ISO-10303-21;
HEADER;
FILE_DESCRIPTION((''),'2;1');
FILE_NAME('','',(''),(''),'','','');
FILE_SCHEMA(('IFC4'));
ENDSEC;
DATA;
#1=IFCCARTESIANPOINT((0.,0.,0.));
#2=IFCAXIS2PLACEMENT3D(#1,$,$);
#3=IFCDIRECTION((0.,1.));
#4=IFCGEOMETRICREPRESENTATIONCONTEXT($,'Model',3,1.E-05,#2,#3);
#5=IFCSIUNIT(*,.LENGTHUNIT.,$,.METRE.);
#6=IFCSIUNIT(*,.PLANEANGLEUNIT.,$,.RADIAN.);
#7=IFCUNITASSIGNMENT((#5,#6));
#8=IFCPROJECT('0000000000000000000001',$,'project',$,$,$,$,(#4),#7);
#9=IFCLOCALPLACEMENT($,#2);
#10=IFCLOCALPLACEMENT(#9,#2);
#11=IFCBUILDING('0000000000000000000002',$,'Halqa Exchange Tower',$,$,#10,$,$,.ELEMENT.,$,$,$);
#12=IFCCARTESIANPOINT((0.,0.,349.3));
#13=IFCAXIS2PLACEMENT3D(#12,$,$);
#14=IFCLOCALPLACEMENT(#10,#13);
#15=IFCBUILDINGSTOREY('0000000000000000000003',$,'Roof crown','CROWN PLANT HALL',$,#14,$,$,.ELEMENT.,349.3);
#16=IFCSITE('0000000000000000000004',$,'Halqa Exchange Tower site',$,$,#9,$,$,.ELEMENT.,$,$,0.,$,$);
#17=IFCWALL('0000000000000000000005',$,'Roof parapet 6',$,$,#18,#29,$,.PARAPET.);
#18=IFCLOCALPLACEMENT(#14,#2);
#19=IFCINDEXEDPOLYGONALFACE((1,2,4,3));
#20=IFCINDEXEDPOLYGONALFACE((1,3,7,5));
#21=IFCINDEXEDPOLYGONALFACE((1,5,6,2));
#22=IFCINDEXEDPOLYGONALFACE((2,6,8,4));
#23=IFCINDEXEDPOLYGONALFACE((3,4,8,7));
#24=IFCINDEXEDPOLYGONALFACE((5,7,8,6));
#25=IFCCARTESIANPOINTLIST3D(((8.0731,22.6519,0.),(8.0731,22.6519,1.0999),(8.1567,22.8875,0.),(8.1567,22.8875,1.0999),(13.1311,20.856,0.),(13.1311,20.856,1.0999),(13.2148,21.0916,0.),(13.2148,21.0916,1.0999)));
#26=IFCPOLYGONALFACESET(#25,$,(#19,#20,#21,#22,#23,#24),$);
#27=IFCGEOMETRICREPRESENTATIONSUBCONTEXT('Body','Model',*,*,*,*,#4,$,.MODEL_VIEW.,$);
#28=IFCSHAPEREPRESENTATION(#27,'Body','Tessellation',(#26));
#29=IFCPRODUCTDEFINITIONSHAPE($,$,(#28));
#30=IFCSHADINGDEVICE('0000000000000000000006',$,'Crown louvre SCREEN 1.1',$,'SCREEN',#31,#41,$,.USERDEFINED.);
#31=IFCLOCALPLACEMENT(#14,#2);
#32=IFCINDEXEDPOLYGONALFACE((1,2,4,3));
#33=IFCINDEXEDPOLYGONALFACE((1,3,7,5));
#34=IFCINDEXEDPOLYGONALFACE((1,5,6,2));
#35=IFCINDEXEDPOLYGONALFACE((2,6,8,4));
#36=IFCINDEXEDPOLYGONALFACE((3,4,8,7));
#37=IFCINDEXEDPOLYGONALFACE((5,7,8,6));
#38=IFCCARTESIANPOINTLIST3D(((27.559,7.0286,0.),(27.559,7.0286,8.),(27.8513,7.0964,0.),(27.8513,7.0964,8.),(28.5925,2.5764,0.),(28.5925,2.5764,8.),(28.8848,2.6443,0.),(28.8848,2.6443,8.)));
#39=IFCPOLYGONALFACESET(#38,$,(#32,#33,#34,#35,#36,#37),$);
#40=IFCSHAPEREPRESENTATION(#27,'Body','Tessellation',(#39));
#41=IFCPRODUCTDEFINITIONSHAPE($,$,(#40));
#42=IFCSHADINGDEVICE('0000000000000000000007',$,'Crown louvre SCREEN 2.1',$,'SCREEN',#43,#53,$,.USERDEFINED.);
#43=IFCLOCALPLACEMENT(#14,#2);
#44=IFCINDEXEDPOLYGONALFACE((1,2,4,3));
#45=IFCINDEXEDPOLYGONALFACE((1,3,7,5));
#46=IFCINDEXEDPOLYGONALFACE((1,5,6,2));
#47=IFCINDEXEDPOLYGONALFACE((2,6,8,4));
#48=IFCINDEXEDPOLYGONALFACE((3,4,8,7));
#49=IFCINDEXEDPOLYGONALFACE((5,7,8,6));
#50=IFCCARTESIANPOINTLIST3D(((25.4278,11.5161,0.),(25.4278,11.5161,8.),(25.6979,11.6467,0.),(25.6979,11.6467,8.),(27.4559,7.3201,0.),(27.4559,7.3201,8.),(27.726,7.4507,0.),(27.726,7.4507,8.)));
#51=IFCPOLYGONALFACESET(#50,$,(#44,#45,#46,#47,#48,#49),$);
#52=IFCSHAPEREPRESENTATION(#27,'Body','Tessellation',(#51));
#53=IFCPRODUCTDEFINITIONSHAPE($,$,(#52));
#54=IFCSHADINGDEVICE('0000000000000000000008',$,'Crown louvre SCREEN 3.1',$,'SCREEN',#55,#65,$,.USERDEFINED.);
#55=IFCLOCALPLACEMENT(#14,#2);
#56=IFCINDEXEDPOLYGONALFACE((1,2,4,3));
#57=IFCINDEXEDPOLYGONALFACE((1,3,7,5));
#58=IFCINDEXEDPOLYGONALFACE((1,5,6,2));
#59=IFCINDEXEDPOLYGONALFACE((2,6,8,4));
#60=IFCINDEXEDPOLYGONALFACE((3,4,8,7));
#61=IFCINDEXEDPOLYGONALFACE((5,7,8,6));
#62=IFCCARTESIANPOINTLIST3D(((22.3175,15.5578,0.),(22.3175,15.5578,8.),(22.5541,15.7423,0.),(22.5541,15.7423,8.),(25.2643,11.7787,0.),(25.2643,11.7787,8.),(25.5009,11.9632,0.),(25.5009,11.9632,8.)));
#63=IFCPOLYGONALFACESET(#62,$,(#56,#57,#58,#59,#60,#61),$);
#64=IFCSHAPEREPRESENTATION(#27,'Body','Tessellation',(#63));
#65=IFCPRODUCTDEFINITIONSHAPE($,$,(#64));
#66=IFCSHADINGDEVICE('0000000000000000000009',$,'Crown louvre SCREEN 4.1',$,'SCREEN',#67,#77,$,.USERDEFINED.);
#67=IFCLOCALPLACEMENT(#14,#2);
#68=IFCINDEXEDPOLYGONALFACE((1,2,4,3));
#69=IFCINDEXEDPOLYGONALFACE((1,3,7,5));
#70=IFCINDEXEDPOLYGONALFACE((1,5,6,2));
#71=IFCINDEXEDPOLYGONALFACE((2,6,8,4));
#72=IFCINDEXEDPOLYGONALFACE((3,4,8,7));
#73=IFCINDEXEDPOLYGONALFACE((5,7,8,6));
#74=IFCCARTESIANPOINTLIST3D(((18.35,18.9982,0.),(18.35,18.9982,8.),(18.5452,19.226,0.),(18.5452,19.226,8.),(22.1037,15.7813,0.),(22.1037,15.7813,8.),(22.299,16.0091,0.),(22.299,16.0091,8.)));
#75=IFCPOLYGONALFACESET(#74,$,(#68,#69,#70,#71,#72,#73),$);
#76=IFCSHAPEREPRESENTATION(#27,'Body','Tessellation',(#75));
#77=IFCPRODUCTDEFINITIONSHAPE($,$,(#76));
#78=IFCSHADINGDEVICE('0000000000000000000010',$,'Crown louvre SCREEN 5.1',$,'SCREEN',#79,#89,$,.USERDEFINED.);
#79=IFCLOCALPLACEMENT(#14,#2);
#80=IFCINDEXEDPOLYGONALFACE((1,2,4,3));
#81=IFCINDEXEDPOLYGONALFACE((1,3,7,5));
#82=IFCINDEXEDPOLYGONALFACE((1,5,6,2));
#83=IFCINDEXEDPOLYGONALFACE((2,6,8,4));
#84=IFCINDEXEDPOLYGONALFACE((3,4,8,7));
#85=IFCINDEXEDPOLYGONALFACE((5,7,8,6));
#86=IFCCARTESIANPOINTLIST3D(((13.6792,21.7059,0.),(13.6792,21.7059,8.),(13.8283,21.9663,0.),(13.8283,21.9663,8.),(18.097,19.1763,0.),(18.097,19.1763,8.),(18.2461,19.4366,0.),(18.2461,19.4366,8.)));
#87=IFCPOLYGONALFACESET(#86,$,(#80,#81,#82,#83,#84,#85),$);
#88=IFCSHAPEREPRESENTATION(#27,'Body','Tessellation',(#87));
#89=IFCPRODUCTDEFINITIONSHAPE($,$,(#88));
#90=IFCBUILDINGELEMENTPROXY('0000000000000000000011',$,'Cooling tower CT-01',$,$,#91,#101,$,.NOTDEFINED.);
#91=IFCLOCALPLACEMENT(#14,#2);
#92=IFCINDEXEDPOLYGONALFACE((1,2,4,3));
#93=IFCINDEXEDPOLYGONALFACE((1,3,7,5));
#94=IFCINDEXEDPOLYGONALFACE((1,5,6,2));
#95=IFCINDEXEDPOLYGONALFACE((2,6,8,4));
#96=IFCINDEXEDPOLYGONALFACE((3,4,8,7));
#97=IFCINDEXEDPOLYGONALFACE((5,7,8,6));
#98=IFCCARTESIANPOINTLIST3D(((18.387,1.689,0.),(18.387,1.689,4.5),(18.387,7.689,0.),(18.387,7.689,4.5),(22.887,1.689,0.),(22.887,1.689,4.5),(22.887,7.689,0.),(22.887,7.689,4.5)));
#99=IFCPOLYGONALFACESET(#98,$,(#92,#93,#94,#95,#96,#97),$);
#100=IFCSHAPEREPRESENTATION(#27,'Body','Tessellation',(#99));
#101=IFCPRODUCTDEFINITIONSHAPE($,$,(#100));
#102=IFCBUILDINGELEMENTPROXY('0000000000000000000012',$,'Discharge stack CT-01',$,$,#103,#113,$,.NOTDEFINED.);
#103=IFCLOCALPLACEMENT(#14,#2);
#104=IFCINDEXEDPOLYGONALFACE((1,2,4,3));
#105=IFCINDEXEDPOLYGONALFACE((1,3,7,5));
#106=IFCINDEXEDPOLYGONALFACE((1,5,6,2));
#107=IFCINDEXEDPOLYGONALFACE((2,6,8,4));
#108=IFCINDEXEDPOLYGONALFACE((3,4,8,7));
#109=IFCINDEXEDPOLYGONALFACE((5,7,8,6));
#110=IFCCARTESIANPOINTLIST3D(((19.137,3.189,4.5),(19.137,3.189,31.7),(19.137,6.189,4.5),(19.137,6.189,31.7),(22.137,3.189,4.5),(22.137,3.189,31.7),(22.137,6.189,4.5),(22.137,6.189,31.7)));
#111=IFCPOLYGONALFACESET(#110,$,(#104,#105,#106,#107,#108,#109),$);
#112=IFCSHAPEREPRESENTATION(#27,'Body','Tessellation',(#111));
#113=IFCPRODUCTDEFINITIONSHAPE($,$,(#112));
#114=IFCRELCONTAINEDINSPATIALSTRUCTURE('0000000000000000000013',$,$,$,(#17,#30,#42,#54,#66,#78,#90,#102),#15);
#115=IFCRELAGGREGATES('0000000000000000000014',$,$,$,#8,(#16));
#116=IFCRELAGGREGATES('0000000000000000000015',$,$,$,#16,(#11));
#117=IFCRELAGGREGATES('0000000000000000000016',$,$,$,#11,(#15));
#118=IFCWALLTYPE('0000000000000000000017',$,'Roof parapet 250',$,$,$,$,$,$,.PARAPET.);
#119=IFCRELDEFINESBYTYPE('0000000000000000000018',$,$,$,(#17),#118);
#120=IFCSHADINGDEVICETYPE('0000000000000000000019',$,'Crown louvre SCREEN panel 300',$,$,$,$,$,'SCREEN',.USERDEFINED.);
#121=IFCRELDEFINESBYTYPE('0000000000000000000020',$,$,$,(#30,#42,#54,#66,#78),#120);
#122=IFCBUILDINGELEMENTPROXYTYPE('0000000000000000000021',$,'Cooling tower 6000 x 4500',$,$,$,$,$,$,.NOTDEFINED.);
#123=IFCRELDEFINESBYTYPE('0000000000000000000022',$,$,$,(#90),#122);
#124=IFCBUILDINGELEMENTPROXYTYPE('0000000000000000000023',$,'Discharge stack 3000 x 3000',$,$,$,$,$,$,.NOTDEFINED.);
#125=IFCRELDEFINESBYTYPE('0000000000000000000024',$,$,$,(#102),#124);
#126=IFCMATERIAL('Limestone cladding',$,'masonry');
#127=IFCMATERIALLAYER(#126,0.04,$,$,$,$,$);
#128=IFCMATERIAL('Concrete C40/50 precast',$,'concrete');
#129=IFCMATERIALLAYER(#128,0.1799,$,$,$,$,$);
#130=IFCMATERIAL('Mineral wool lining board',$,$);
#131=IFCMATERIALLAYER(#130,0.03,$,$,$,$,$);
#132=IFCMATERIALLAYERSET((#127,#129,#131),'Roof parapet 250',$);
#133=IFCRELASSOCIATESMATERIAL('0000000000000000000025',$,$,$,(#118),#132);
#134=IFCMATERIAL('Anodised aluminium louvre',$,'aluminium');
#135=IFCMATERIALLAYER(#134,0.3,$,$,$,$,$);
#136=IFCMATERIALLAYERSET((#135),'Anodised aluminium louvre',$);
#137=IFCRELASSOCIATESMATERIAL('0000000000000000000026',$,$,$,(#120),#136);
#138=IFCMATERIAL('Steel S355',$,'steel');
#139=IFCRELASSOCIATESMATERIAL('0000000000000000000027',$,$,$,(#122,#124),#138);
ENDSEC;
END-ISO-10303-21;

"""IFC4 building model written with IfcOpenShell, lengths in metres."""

from ifc_helpers import new_model, si_unit, direction, frame, frame_2d, origin, origin_2d, place, context, subcontext, project, spatial, rectangle, extrude, material, layer, layer_set, type_object, element, save


model = new_model("IFC4")

# Units and contexts
model_context = context("Model", 3, precision=1e-05, world=origin(), true_north=direction((0.0, 1.0)))
body_context = subcontext(model_context, "Body", "Model", "MODEL_VIEW")
ifc_project = project(units=[si_unit("LENGTHUNIT", "METRE"), si_unit("PLANEANGLEUNIT", "RADIAN")], contexts=[model_context])

# Site, building, storey
site_placement = place(None, origin())
site = spatial("IfcSite", under=ifc_project, at=site_placement, Name="Halqa Exchange Tower site", CompositionType="ELEMENT", RefElevation=0.0)
building_placement = place(site_placement, origin())
building = spatial("IfcBuilding", under=site, at=building_placement, Name="Halqa Exchange Tower", CompositionType="ELEMENT")
storey_placement = place(building_placement, frame((0.0, 0.0, 349.3)))
storey = spatial("IfcBuildingStorey", under=building, at=storey_placement, Name="Roof crown", Description="CROWN PLANT HALL", CompositionType="ELEMENT", Elevation=349.3)

# Shared definitions
ifc_material_1 = material(Name="Steel S355", Category="steel")

# Wall
ifc_material_2 = material(Name="Limestone cladding", Category="masonry")
ifc_layer_1 = layer(ifc_material_2, 0.04)
ifc_material_3 = material(Name="Concrete C40/50 precast", Category="concrete")
ifc_layer_2 = layer(ifc_material_3, 0.1799)
ifc_material_4 = material(Name="Mineral wool lining board")
ifc_layer_3 = layer(ifc_material_4, 0.03)
ifc_layer_set_1 = layer_set([ifc_layer_1, ifc_layer_2, ifc_layer_3], Name="Roof parapet 250")
wall_type = type_object("IfcWallType", Name="Roof parapet 250", PredefinedType="PARAPET", material=ifc_layer_set_1)
wall_1_placement = place(storey_placement, frame((13.1729, 20.9739, 0.0), z_axis=(0.0, 0.0, 1.0), x_axis=(-0.942364, 0.33459, 0.0)))
element("IfcWall", 1, at=wall_1_placement, inside=storey, type_object=wall_type, Name="Roof parapet 6", PredefinedType="PARAPET", context=body_context, shape_type="SweptSolid", body=[
    extrude(rectangle(XDim=5.3674, YDim=0.25, at=frame_2d((2.6836, 0.0))), origin(), (0.0, 0.0, 1.0), 1.0999),
])

# Shading devices
ifc_material_5 = material(Name="Anodised aluminium louvre", Category="aluminium")
ifc_layer_4 = layer(ifc_material_5, 0.3)
ifc_layer_set_2 = layer_set([ifc_layer_4], Name="Anodised aluminium louvre")
shading_device_type = type_object("IfcShadingDeviceType", Name="Crown louvre SCREEN panel 300", ElementType="SCREEN", PredefinedType="USERDEFINED", material=ifc_layer_set_2)
shading_device_1_placement = place(storey_placement, frame((28.2219, 4.8364, 0.0), z_axis=(0.0, 0.0, 1.0), x_axis=(-0.226121, 0.974099, 0.0)))
element("IfcShadingDevice", 2, at=shading_device_1_placement, inside=storey, type_object=shading_device_type, Name="Crown louvre SCREEN 1.1", ObjectType="SCREEN", PredefinedType="USERDEFINED", context=body_context, shape_type="SweptSolid", body=[
    extrude(rectangle(XDim=4.5706, YDim=0.3, at=origin_2d()), origin(), (0.0, 0.0, 1.0), 8.0),
])
shading_device_2_placement = place(storey_placement, frame((26.5769, 9.4834, 0.0), z_axis=(0.0, 0.0, 1.0), x_axis=(-0.435179, 0.900344, 0.0)))
element("IfcShadingDevice", 3, at=shading_device_2_placement, inside=storey, type_object=shading_device_type, Name="Crown louvre SCREEN 2.1", ObjectType="SCREEN", PredefinedType="USERDEFINED", context=body_context, shape_type="SweptSolid", body=[
    extrude(rectangle(XDim=4.6604, YDim=0.3, at=origin_2d()), origin(), (0.0, 0.0, 1.0), 8.0),
])
shading_device_3_placement = place(storey_placement, frame((23.9092, 13.7605, 0.0), z_axis=(0.0, 0.0, 1.0), x_axis=(-0.614908, 0.788599, 0.0)))
element("IfcShadingDevice", 4, at=shading_device_3_placement, inside=storey, type_object=shading_device_type, Name="Crown louvre SCREEN 3.1", ObjectType="SCREEN", PredefinedType="USERDEFINED", context=body_context, shape_type="SweptSolid", body=[
    extrude(rectangle(XDim=4.7922, YDim=0.3, at=origin_2d()), origin(), (0.0, 0.0, 1.0), 8.0),
])
shading_device_4_placement = place(storey_placement, frame((20.3245, 17.5037, 0.0), z_axis=(0.0, 0.0, 1.0), x_axis=(-0.759318, 0.65072, 0.0)))
element("IfcShadingDevice", 5, at=shading_device_4_placement, inside=storey, type_object=shading_device_type, Name="Crown louvre SCREEN 4.1", ObjectType="SCREEN", PredefinedType="USERDEFINED", context=body_context, shape_type="SweptSolid", body=[
    extrude(rectangle(XDim=4.9436, YDim=0.3, at=origin_2d()), origin(), (0.0, 0.0, 1.0), 8.0),
])
shading_device_5_placement = place(storey_placement, frame((15.9626, 20.5713, 0.0), z_axis=(0.0, 0.0, 1.0), x_axis=(-0.867804, 0.496907, 0.0)))
element("IfcShadingDevice", 6, at=shading_device_5_placement, inside=storey, type_object=shading_device_type, Name="Crown louvre SCREEN 5.1", ObjectType="SCREEN", PredefinedType="USERDEFINED", context=body_context, shape_type="SweptSolid", body=[
    extrude(rectangle(XDim=5.0908, YDim=0.3, at=origin_2d()), origin(), (0.0, 0.0, 1.0), 8.0),
])

# Building element proxies
building_element_proxy_type_1 = type_object("IfcBuildingElementProxyType", Name="Cooling tower 6000 x 4500", PredefinedType="NOTDEFINED", material=ifc_material_1)
proxy_1_placement = place(storey_placement, frame((20.637, 4.689, 0.0), z_axis=(0.0, 0.0, 1.0), x_axis=(0.0, 1.0, 0.0)))
element("IfcBuildingElementProxy", 7, at=proxy_1_placement, inside=storey, type_object=building_element_proxy_type_1, Name="Cooling tower CT-01", PredefinedType="NOTDEFINED", context=body_context, shape_type="SweptSolid", body=[
    extrude(rectangle(XDim=6.0, YDim=4.5, at=origin_2d()), origin(), (0.0, 0.0, 1.0), 4.5),
])
building_element_proxy_type_2 = type_object("IfcBuildingElementProxyType", Name="Discharge stack 3000 x 3000", PredefinedType="NOTDEFINED", material=ifc_material_1)
proxy_2_placement = place(storey_placement, frame((20.637, 4.689, 4.5), z_axis=(0.0, 0.0, 1.0), x_axis=(1.0, 0.0, 0.0)))
element("IfcBuildingElementProxy", 8, at=proxy_2_placement, inside=storey, type_object=building_element_proxy_type_2, Name="Discharge stack CT-01", PredefinedType="NOTDEFINED", context=body_context, shape_type="SweptSolid", body=[
    extrude(rectangle(XDim=3.0, YDim=3.0, at=origin_2d()), origin(), (0.0, 0.0, 1.0), 27.2),
])

save(model, "model.ifc")
